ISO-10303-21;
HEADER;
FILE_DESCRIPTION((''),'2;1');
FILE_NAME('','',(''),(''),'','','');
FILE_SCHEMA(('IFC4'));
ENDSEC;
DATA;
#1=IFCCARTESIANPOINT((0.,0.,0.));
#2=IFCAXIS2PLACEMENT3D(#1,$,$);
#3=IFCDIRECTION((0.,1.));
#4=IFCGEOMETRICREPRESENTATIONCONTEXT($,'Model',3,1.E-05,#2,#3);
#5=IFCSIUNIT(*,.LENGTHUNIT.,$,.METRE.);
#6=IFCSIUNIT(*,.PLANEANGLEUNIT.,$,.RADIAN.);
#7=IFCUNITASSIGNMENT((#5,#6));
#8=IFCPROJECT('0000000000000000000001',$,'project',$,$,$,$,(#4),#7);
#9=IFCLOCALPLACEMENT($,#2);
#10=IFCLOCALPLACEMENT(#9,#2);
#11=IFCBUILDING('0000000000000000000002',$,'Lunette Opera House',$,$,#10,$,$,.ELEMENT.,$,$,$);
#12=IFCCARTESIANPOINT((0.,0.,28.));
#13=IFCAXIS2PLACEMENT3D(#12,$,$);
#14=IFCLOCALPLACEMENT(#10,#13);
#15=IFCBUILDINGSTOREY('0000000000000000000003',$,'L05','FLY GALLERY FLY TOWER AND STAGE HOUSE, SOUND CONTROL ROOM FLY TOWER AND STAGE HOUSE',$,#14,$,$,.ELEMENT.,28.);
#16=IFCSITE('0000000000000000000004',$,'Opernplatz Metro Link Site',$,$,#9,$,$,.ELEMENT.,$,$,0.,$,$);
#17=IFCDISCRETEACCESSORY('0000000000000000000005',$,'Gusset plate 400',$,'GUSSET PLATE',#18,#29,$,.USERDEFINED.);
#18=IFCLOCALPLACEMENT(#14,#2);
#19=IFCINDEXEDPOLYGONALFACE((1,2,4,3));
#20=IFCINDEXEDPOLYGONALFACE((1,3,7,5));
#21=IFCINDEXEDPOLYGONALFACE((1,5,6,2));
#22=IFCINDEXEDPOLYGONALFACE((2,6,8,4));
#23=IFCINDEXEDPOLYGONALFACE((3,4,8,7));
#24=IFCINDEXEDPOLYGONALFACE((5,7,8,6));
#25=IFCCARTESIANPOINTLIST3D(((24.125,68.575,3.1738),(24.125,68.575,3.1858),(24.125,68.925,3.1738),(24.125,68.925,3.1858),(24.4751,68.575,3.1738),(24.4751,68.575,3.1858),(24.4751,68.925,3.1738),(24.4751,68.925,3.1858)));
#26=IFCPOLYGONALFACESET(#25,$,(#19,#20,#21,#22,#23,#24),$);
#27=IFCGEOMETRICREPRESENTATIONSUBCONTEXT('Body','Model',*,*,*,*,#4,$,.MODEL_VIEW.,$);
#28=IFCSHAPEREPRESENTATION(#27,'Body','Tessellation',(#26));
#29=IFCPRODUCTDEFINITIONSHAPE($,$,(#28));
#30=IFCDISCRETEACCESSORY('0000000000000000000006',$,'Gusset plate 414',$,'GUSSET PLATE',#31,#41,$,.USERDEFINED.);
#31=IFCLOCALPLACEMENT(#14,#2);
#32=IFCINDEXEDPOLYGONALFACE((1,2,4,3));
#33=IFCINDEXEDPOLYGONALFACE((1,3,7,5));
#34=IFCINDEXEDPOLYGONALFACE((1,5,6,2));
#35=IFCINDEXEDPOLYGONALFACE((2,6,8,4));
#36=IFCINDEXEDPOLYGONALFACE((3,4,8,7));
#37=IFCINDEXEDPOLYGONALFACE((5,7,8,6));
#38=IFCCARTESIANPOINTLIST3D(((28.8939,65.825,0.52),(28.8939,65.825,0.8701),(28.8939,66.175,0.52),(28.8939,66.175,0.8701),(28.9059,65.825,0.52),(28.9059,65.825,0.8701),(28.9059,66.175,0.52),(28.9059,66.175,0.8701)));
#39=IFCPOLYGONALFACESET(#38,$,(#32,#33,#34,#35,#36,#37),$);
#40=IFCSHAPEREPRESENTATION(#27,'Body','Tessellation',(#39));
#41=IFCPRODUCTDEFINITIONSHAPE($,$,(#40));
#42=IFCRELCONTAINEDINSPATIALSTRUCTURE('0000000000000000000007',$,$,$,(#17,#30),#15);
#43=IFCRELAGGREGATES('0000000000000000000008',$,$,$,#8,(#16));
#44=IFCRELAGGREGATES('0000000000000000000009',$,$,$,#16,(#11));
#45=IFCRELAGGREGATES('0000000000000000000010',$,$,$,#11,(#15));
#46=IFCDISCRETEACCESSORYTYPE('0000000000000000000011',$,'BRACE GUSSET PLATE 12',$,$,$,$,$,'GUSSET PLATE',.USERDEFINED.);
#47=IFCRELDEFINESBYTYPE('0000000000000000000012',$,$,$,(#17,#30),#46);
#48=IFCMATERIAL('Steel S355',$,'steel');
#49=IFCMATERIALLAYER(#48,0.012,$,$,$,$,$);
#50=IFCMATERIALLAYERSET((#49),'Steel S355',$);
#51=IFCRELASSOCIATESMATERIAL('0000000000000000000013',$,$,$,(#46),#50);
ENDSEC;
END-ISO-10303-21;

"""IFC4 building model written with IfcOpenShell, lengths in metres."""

from ifc_helpers import new_model, si_unit, direction, frame, origin, origin_2d, place, context, subcontext, project, spatial, rectangle, extrude, material, layer, layer_set, type_object, element, save


model = new_model("IFC4")

# Units and contexts
model_context = context("Model", 3, precision=1e-05, world=origin(), true_north=direction((0.0, 1.0)))
body_context = subcontext(model_context, "Body", "Model", "MODEL_VIEW")
ifc_project = project(units=[si_unit("LENGTHUNIT", "METRE"), si_unit("PLANEANGLEUNIT", "RADIAN")], contexts=[model_context])

# Site, building, storey
site_placement = place(None, origin())
site = spatial("IfcSite", under=ifc_project, at=site_placement, Name="Opernplatz Metro Link Site", CompositionType="ELEMENT", RefElevation=0.0)
building_placement = place(site_placement, origin())
building = spatial("IfcBuilding", under=site, at=building_placement, Name="Lunette Opera House", CompositionType="ELEMENT")
storey_placement = place(building_placement, frame((0.0, 0.0, 28.0)))
storey = spatial("IfcBuildingStorey", under=building, at=storey_placement, Name="L05", Description="FLY GALLERY FLY TOWER AND STAGE HOUSE, SOUND CONTROL ROOM FLY TOWER AND STAGE HOUSE", CompositionType="ELEMENT", Elevation=28.0)

# Discrete accessories
ifc_material_1 = material(Name="Steel S355", Category="steel")
ifc_layer_1 = layer(ifc_material_1, 0.012)
ifc_layer_set_1 = layer_set([ifc_layer_1], Name="Steel S355")
discrete_accessory_type = type_object("IfcDiscreteAccessoryType", Name="BRACE GUSSET PLATE 12", ElementType="GUSSET PLATE", PredefinedType="USERDEFINED", material=ifc_layer_set_1)
discrete_accessory_1_placement = place(storey_placement, frame((24.3, 68.75, 3.1738), z_axis=(0.0, 0.0, 1.0), x_axis=(0.0, 1.0, 0.0)))
element("IfcDiscreteAccessory", 1, at=discrete_accessory_1_placement, inside=storey, type_object=discrete_accessory_type, Name="Gusset plate 400", ObjectType="GUSSET PLATE", PredefinedType="USERDEFINED", context=body_context, shape_type="SweptSolid", body=[
    extrude(rectangle(XDim=0.3501, YDim=0.3501, at=origin_2d()), origin(), (0.0, 0.0, 1.0), 0.012),
])
discrete_accessory_2_placement = place(storey_placement, frame((28.8999, 66.0, 0.52), z_axis=(0.0, 0.0, 1.0), x_axis=(0.0, 1.0, 0.0)))
element("IfcDiscreteAccessory", 2, at=discrete_accessory_2_placement, inside=storey, type_object=discrete_accessory_type, Name="Gusset plate 414", ObjectType="GUSSET PLATE", PredefinedType="USERDEFINED", context=body_context, shape_type="SweptSolid", body=[
    extrude(rectangle(XDim=0.3501, YDim=0.012, at=origin_2d()), origin(), (0.0, 0.0, 1.0), 0.3501),
])

save(model, "model.ifc")
